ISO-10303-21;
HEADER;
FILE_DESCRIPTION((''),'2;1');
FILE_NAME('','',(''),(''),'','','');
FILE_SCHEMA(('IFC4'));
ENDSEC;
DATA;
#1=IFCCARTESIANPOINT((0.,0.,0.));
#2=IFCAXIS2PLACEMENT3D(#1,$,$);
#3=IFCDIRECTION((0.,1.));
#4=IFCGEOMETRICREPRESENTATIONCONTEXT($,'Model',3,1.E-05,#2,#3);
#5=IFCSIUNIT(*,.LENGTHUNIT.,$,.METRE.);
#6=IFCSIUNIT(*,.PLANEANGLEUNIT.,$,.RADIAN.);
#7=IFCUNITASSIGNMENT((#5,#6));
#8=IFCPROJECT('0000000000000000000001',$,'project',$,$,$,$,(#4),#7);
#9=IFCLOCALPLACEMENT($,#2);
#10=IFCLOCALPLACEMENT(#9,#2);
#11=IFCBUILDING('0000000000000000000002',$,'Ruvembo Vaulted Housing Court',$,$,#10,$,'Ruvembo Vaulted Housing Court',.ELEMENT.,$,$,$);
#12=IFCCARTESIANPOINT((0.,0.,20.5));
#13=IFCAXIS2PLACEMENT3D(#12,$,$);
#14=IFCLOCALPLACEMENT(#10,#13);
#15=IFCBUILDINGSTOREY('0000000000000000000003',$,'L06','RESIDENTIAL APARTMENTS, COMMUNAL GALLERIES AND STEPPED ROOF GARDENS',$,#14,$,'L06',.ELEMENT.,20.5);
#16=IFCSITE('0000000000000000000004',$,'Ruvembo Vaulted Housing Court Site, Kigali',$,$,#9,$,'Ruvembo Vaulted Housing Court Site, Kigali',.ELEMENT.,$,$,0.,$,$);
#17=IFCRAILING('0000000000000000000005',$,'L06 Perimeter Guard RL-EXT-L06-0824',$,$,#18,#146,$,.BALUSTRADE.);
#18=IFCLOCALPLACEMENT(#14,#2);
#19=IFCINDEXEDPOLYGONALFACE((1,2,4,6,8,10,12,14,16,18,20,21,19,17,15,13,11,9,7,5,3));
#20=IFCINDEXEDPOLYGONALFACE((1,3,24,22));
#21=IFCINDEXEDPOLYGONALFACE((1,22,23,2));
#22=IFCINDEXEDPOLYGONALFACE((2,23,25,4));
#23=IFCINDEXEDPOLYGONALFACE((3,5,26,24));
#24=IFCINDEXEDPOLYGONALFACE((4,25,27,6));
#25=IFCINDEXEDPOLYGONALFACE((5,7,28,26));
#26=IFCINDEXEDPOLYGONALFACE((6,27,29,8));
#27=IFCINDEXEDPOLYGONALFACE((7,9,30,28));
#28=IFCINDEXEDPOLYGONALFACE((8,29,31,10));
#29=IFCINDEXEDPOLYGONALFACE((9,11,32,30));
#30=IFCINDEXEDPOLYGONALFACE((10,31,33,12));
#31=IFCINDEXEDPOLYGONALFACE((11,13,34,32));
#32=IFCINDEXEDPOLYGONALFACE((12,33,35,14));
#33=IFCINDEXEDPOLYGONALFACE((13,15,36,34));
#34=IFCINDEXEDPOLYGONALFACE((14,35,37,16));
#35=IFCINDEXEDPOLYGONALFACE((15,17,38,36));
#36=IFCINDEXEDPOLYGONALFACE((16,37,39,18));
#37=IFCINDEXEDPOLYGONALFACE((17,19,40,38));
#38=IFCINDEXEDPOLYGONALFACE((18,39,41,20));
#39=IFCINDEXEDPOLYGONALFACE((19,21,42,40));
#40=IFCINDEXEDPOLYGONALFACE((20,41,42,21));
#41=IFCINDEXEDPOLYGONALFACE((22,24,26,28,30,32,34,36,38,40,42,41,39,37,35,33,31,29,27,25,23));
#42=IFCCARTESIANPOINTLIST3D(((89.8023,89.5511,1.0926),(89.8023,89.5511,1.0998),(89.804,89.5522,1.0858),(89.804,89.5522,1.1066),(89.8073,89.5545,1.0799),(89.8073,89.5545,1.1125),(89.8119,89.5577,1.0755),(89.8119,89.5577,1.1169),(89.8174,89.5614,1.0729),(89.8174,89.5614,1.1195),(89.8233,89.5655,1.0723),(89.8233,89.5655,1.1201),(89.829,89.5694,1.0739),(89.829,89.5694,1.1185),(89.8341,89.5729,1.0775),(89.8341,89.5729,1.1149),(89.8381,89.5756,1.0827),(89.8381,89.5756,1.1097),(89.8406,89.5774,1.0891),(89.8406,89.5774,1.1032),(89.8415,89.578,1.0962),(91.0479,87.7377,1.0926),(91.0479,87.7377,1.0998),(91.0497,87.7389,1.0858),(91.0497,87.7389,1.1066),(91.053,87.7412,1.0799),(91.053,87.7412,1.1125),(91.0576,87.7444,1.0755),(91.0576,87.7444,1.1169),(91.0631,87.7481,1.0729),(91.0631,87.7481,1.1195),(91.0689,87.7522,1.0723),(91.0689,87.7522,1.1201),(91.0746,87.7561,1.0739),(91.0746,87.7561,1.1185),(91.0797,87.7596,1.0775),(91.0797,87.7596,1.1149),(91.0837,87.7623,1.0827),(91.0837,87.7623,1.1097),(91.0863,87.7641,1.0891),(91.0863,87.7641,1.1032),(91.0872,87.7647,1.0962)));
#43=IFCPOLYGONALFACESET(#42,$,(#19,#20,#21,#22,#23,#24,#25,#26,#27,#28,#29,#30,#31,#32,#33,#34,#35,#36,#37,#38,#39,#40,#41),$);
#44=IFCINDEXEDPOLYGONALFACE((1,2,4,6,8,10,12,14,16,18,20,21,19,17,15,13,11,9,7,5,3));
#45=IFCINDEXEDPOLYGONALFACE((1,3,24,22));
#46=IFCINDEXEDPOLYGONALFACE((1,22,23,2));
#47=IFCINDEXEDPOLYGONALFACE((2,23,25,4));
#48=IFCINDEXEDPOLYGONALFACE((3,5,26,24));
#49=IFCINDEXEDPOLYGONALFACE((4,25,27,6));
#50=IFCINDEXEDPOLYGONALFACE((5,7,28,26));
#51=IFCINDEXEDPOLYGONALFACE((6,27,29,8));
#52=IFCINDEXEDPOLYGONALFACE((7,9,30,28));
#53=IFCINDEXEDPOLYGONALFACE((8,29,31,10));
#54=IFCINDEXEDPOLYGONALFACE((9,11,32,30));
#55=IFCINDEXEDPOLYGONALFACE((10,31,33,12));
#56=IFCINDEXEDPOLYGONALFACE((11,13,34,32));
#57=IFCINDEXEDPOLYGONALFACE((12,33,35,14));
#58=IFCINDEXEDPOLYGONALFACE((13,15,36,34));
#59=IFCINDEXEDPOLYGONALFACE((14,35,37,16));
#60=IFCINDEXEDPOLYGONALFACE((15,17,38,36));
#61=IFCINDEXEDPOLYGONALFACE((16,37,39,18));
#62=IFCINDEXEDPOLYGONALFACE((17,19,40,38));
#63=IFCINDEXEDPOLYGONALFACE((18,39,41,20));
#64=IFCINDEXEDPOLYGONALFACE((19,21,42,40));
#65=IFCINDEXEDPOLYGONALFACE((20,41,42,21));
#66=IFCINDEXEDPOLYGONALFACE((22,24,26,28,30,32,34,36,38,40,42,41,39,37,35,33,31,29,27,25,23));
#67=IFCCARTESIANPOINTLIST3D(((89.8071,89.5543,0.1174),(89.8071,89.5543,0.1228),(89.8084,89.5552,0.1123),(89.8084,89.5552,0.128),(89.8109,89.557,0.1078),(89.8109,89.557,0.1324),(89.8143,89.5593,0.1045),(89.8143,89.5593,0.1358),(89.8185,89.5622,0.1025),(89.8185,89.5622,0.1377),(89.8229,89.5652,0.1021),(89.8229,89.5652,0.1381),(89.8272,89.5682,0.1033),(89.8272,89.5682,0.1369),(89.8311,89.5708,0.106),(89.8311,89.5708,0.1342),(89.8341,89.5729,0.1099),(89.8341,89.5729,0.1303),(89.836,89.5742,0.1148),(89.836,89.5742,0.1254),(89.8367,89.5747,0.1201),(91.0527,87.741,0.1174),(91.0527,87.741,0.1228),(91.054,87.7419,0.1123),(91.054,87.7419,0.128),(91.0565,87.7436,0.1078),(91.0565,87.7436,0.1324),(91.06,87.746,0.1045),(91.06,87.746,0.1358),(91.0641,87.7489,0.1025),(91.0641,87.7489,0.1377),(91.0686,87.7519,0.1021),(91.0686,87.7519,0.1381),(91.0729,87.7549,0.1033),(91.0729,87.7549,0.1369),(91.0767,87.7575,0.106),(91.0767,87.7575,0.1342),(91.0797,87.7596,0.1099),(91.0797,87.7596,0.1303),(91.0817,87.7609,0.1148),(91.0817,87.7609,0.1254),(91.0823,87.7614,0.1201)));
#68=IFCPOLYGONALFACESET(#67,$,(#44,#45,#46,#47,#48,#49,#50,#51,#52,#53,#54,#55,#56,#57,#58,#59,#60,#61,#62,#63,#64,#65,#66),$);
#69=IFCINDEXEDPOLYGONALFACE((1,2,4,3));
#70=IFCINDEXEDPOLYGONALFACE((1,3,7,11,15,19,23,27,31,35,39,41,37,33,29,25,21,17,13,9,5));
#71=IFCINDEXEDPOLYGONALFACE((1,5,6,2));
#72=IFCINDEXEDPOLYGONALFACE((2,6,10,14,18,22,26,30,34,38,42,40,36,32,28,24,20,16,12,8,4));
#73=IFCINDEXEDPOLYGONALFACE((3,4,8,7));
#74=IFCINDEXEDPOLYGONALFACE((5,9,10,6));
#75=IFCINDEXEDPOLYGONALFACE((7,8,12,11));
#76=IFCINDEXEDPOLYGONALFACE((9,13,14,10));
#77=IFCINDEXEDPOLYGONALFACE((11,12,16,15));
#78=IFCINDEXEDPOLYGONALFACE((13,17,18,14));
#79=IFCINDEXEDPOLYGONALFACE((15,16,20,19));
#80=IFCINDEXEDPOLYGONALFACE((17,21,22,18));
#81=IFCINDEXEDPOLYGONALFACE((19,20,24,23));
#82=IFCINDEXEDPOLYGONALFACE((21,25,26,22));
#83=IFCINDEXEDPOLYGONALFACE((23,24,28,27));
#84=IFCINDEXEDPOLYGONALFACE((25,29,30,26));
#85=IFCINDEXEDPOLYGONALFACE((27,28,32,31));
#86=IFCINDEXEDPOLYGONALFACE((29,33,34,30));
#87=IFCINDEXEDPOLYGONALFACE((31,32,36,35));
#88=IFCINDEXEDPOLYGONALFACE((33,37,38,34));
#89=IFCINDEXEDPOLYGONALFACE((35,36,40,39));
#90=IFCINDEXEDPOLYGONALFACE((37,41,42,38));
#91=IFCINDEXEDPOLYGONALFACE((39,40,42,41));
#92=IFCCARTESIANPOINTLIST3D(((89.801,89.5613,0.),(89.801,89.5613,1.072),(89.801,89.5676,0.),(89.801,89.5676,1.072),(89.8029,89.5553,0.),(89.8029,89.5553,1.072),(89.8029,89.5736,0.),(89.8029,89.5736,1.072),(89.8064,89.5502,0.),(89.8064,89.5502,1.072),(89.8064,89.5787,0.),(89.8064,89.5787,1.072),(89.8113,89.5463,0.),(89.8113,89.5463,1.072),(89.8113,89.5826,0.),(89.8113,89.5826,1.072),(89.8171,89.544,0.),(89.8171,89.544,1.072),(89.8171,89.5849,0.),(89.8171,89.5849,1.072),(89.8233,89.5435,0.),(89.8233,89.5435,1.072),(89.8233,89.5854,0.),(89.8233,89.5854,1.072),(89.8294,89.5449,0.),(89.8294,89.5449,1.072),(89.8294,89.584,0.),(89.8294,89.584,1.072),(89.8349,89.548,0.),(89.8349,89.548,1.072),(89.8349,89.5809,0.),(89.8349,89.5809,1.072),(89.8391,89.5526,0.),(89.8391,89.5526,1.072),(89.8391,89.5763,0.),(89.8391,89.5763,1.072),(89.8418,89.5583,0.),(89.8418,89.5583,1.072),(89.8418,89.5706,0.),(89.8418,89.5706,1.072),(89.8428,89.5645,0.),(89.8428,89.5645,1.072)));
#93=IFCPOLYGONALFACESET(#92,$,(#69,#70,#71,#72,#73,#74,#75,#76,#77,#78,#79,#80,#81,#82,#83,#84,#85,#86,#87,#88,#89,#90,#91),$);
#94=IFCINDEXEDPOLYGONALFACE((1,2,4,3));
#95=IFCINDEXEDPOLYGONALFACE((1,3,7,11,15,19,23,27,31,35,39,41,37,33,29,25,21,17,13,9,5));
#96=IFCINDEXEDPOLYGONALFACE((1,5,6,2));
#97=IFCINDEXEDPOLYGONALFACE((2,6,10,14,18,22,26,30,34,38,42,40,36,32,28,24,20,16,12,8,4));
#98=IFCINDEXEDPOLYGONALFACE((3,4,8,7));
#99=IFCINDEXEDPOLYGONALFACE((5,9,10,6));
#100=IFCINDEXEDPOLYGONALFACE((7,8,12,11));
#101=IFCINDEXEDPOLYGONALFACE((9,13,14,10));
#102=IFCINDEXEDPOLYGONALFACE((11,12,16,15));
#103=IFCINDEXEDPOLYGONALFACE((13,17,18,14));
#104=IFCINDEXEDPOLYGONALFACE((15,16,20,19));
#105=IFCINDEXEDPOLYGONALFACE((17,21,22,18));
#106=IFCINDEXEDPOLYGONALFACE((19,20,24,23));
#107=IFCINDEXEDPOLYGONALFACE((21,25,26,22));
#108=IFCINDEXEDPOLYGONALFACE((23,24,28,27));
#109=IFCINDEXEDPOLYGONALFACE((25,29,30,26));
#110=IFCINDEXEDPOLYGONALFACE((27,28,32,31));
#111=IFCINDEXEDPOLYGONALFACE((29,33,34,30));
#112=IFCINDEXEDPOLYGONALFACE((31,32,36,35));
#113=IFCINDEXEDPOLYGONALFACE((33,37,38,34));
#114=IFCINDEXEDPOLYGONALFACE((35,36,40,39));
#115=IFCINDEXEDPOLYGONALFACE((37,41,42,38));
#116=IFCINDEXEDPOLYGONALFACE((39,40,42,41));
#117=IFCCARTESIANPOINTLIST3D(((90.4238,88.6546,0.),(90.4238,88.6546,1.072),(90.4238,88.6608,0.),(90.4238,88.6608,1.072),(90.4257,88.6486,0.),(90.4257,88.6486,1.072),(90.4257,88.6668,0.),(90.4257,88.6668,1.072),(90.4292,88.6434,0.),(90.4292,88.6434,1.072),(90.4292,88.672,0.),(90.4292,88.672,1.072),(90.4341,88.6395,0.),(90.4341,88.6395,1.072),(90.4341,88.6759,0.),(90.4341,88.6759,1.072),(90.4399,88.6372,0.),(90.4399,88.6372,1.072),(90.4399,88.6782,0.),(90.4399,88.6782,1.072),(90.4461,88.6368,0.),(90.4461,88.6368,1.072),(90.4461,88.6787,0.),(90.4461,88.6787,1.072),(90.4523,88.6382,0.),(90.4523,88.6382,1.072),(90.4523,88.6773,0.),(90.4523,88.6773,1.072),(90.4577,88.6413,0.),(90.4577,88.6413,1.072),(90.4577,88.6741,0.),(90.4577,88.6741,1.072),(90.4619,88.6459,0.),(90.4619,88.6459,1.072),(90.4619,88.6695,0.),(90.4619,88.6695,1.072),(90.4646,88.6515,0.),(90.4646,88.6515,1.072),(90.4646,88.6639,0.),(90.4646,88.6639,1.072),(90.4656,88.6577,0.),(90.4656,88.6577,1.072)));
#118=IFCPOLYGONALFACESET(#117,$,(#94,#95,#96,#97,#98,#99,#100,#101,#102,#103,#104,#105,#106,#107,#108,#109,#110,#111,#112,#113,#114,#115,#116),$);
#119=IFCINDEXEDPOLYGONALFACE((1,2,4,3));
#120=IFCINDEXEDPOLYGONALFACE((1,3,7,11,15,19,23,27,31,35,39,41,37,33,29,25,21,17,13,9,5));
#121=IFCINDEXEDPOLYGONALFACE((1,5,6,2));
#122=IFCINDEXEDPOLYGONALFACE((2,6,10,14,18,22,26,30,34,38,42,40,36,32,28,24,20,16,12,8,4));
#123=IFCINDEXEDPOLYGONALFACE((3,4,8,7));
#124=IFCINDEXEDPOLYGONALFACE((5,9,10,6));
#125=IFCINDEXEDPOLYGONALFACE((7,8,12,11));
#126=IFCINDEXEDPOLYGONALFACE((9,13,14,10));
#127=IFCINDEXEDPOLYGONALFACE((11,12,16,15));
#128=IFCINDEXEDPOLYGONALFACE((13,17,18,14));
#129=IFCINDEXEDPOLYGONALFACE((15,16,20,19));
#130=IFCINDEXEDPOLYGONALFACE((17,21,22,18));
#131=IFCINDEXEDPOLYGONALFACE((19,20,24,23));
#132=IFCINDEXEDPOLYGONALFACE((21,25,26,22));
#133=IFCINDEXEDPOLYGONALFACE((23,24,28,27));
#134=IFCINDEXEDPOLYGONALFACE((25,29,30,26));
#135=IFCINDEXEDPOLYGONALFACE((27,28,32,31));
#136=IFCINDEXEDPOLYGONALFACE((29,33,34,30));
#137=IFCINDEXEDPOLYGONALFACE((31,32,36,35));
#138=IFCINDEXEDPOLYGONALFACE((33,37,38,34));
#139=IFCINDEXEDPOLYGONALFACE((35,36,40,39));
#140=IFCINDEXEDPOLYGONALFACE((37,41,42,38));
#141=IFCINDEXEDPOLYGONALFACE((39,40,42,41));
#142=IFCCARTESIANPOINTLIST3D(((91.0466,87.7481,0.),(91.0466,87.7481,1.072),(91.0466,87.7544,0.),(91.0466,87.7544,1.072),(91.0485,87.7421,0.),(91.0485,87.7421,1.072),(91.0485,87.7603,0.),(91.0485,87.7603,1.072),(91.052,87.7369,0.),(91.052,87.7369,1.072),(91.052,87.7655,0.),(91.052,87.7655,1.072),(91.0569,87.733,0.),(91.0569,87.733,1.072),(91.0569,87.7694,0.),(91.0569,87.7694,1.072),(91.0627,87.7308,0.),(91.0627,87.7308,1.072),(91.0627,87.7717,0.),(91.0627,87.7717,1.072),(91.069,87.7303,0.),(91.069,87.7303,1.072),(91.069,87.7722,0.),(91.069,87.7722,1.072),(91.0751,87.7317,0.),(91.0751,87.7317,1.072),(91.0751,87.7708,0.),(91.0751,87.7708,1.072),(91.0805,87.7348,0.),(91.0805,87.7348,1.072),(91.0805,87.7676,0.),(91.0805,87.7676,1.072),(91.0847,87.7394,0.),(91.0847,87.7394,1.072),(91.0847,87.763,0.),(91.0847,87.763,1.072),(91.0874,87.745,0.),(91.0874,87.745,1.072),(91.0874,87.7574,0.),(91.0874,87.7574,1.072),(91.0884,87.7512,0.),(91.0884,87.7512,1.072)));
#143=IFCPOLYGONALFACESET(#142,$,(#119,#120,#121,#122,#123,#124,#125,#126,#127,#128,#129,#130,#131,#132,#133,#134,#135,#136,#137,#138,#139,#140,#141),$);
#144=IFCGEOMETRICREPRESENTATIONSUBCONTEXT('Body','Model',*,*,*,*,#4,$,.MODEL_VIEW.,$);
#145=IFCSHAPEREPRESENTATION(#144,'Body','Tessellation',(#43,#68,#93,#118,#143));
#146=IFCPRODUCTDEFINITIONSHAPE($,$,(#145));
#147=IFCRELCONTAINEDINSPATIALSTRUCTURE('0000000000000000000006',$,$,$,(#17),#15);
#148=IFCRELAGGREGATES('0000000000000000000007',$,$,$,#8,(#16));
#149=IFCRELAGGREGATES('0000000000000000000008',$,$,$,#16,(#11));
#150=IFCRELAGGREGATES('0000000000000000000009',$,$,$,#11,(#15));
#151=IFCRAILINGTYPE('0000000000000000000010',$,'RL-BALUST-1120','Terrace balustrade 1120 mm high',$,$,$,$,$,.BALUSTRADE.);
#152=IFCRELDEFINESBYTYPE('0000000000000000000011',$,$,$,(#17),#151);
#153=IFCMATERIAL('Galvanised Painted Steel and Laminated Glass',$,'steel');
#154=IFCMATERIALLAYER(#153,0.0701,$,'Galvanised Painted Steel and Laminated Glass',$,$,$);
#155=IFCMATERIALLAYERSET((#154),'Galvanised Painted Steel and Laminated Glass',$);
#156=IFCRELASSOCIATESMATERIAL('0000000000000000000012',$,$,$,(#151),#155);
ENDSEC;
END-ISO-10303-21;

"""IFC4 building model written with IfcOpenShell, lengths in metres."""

from ifc_helpers import new_model, si_unit, direction, frame, origin, origin_2d, place, context, subcontext, project, spatial, circle, extrude, material, layer, layer_set, type_object, element, save


model = new_model("IFC4")

# Units and contexts
model_context = context("Model", 3, precision=1e-05, world=origin(), true_north=direction((0.0, 1.0)))
body_context = subcontext(model_context, "Body", "Model", "MODEL_VIEW")
ifc_project = project(units=[si_unit("LENGTHUNIT", "METRE"), si_unit("PLANEANGLEUNIT", "RADIAN")], contexts=[model_context])

# Site, building, storey
site_placement = place(None, origin())
site = spatial("IfcSite", under=ifc_project, at=site_placement, Name="Ruvembo Vaulted Housing Court Site, Kigali", LongName="Ruvembo Vaulted Housing Court Site, Kigali", CompositionType="ELEMENT", RefElevation=0.0)
building_placement = place(site_placement, origin())
building = spatial("IfcBuilding", under=site, at=building_placement, Name="Ruvembo Vaulted Housing Court", LongName="Ruvembo Vaulted Housing Court", CompositionType="ELEMENT")
storey_placement = place(building_placement, frame((0.0, 0.0, 20.5)))
storey = spatial("IfcBuildingStorey", under=building, at=storey_placement, Name="L06", Description="RESIDENTIAL APARTMENTS, COMMUNAL GALLERIES AND STEPPED ROOF GARDENS", LongName="L06", CompositionType="ELEMENT", Elevation=20.5)

# Railing
ifc_material_1 = material(Name="Galvanised Painted Steel and Laminated Glass", Category="steel")
ifc_layer_1 = layer(ifc_material_1, 0.0701, Name="Galvanised Painted Steel and Laminated Glass")
ifc_layer_set_1 = layer_set([ifc_layer_1], Name="Galvanised Painted Steel and Laminated Glass")
railing_type = type_object("IfcRailingType", Name="RL-BALUST-1120", Description="Terrace balustrade 1120 mm high", PredefinedType="BALUSTRADE", material=ifc_layer_set_1)
railing_1_placement = place(storey_placement, frame((89.8218, 89.5645, 0.0)))
element("IfcRailing", 1, at=railing_1_placement, inside=storey, type_object=railing_type, Name="L06 Perimeter Guard RL-EXT-L06-0824", PredefinedType="BALUSTRADE", context=body_context, shape_type="SweptSolid", body=[
    extrude(circle(Radius=0.0239, at=origin_2d()), frame((0.0, 0.0, 1.0962), z_axis=(0.566223, -0.824252, 0.0), x_axis=(0.824252, 0.566223, 0.0)), (0.0, 0.0, 1.0), 2.2),
    extrude(circle(Radius=0.0181, at=origin_2d()), frame((0.0, 0.0, 0.1201), z_axis=(0.566223, -0.824252, 0.0), x_axis=(0.824252, 0.566223, 0.0)), (0.0, 0.0, 1.0), 2.2),
    extrude(circle(Radius=0.021, at=origin_2d()), origin(), (0.0, 0.0, 1.0), 1.072),
    extrude(circle(Radius=0.021, at=origin_2d()), frame((0.6228, -0.9067, 0.0)), (0.0, 0.0, 1.0), 1.072),
    extrude(circle(Radius=0.021, at=origin_2d()), frame((1.2456, -1.8132, 0.0)), (0.0, 0.0, 1.0), 1.072),
])

save(model, "model.ifc")
